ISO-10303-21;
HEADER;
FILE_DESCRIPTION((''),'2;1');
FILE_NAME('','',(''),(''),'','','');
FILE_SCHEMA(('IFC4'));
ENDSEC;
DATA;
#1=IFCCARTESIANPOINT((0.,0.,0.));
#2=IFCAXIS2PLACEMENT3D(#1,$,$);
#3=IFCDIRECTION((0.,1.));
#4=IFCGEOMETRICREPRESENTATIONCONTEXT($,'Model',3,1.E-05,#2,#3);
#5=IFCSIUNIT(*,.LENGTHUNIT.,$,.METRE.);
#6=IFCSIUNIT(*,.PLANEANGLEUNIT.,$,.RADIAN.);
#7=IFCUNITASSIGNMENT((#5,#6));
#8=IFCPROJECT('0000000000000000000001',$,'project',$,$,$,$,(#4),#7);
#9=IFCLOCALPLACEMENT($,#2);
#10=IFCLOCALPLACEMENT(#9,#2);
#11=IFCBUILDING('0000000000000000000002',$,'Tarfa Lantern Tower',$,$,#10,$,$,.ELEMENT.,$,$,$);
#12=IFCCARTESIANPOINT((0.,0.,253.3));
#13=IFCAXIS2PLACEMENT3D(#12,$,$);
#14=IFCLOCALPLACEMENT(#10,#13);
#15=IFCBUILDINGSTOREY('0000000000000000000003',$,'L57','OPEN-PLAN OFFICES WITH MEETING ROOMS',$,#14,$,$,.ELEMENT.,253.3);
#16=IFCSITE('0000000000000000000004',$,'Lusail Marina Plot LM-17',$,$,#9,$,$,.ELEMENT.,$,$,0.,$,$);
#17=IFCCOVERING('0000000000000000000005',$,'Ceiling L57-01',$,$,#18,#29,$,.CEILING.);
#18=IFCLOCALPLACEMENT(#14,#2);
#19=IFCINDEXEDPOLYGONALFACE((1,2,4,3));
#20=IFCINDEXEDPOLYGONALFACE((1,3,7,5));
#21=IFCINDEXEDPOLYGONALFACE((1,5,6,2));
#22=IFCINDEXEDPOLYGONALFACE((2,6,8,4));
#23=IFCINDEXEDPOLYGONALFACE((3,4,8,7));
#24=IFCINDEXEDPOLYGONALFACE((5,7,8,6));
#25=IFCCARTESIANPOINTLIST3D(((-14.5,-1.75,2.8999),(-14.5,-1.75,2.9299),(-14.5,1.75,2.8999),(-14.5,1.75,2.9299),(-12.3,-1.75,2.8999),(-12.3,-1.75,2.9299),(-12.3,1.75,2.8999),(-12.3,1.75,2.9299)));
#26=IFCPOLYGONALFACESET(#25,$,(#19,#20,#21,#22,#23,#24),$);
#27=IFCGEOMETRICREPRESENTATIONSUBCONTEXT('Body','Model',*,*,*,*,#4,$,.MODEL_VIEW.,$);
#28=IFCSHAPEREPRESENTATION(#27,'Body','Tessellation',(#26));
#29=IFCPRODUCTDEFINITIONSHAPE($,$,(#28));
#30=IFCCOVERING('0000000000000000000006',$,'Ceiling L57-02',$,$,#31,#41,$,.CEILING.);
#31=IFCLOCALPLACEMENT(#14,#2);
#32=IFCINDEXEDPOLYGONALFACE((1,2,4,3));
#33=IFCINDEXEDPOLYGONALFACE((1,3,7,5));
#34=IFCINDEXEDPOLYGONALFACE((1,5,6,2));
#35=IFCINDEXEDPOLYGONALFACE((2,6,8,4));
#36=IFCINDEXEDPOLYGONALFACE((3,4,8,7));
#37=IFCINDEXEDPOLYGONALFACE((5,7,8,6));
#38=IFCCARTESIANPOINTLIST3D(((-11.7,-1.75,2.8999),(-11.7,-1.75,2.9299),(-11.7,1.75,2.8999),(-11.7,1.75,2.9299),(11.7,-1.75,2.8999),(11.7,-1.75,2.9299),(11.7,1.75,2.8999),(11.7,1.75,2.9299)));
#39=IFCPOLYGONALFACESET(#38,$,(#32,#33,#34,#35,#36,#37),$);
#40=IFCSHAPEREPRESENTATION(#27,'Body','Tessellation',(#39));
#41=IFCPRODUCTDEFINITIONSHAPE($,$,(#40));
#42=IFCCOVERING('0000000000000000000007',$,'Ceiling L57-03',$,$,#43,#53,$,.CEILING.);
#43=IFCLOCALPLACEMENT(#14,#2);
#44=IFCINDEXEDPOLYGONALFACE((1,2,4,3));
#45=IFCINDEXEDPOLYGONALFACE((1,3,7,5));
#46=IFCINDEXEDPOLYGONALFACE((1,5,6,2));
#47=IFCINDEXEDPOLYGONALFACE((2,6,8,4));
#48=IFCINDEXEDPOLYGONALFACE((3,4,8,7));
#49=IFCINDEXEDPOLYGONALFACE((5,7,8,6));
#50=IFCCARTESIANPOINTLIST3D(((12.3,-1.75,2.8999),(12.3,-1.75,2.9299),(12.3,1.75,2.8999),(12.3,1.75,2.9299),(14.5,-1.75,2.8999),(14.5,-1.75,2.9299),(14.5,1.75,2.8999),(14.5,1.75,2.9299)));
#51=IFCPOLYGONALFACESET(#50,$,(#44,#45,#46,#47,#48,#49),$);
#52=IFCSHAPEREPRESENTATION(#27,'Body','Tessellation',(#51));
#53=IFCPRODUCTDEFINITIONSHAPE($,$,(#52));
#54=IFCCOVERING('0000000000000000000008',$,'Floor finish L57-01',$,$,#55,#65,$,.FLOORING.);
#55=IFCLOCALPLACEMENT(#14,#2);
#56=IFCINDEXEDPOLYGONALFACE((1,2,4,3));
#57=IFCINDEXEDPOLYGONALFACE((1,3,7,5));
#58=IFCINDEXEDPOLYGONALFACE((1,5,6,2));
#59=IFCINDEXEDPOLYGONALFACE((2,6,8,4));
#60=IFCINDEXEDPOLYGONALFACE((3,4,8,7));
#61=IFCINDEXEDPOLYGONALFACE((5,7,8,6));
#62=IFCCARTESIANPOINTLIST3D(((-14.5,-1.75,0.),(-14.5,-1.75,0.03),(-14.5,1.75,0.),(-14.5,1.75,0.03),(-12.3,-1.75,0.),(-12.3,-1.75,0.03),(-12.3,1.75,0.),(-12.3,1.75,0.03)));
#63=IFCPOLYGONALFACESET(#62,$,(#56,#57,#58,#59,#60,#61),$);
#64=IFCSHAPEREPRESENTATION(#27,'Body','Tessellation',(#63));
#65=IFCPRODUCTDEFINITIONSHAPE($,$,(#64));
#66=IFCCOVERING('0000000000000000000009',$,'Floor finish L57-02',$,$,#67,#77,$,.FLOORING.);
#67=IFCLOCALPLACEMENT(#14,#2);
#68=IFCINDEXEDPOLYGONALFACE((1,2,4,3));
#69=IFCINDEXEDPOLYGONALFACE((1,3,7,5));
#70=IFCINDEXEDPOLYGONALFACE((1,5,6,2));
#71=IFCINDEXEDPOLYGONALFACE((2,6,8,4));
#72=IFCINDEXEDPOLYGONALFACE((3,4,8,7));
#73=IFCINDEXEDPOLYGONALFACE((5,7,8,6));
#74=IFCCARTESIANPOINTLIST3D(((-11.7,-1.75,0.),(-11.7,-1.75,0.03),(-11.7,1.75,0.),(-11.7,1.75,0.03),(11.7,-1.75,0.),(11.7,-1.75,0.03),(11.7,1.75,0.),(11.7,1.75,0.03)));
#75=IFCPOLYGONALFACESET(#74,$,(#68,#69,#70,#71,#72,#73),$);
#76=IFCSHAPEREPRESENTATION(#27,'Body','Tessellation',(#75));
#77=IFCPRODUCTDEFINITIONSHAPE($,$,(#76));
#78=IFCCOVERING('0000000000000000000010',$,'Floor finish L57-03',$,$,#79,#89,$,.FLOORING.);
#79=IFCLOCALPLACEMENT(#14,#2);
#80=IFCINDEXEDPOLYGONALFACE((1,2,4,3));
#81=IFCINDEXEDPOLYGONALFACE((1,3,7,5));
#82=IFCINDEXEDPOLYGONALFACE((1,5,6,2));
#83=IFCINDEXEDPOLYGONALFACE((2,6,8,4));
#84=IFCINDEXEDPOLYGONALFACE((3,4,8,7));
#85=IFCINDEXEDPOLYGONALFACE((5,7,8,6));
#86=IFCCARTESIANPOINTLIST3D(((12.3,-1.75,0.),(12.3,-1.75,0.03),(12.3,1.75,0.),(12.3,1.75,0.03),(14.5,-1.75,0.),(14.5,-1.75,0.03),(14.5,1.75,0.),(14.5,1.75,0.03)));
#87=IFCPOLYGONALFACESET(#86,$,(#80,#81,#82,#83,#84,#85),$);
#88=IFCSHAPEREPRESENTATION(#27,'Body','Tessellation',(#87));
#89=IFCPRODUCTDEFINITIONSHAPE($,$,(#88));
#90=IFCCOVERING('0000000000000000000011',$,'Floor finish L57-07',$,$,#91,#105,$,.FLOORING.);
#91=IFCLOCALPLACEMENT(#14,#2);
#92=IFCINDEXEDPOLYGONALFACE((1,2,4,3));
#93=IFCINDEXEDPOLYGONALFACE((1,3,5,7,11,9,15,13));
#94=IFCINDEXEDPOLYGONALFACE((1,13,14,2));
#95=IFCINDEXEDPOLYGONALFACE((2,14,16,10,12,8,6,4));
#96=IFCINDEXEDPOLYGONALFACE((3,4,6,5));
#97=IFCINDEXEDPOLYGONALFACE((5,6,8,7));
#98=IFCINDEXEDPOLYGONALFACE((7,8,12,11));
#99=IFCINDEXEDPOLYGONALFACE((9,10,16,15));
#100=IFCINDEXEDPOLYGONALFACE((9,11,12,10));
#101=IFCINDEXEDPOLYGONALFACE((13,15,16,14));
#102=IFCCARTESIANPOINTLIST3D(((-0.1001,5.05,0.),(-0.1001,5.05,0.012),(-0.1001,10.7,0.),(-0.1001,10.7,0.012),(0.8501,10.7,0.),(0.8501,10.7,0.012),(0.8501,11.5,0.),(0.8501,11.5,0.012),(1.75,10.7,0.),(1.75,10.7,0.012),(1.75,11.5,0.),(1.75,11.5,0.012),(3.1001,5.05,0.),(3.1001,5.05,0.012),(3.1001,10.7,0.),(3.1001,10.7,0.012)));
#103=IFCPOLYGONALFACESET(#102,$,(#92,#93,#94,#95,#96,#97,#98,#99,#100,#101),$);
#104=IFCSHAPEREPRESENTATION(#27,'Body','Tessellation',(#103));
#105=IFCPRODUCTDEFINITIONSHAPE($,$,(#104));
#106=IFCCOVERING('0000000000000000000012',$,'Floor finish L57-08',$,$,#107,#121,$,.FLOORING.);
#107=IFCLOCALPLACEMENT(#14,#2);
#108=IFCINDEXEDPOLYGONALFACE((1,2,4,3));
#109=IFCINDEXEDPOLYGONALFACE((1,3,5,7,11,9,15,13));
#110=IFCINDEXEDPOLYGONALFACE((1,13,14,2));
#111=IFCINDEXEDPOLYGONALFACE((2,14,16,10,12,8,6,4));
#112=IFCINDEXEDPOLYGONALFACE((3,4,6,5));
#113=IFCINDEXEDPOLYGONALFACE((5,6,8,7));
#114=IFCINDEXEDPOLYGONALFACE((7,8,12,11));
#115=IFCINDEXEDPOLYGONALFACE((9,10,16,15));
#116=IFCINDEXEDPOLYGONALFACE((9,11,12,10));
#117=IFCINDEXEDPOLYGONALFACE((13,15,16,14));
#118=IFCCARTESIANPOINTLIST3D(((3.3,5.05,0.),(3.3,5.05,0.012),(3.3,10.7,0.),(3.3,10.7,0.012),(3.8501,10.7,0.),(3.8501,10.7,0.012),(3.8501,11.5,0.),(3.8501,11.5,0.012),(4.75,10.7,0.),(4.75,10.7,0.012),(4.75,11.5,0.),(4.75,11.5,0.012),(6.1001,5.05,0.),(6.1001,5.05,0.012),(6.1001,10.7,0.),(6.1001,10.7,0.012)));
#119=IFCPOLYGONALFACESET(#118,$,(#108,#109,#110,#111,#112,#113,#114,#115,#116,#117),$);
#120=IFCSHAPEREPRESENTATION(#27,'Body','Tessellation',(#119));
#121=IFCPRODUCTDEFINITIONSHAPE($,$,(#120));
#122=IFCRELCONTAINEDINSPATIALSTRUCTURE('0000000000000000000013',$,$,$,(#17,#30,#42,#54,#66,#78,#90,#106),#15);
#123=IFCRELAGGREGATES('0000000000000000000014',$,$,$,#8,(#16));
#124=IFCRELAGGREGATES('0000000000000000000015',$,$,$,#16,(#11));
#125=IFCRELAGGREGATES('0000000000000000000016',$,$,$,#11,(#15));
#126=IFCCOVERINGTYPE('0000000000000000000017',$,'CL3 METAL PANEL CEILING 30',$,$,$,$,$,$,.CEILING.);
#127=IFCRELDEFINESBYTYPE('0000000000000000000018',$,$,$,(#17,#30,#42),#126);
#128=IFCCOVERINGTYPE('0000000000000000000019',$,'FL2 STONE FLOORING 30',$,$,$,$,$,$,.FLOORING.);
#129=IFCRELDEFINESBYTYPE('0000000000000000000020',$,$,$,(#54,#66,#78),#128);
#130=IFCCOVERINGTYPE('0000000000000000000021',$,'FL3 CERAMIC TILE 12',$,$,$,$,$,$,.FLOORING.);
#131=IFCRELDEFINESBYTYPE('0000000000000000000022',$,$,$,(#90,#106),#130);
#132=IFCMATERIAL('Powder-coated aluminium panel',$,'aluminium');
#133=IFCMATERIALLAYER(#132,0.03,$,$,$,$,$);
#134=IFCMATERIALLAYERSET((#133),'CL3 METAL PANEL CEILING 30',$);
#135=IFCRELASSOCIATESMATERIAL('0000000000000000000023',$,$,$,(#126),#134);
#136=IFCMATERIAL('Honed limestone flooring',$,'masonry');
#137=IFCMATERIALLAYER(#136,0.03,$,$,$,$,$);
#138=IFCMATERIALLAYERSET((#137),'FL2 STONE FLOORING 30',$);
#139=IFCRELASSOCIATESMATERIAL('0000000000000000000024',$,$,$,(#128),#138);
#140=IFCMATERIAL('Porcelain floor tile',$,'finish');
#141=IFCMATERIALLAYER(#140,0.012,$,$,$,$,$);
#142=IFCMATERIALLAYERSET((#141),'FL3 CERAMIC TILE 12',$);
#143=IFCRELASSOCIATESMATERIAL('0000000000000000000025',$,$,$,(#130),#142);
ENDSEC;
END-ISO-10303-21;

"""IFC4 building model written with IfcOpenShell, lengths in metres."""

from ifc_helpers import new_model, si_unit, direction, frame, origin, place, context, subcontext, project, spatial, polyline, outline, extrude, material, layer, layer_set, type_object, element, save


model = new_model("IFC4")

# Units and contexts
model_context = context("Model", 3, precision=1e-05, world=origin(), true_north=direction((0.0, 1.0)))
body_context = subcontext(model_context, "Body", "Model", "MODEL_VIEW")
ifc_project = project(units=[si_unit("LENGTHUNIT", "METRE"), si_unit("PLANEANGLEUNIT", "RADIAN")], contexts=[model_context])

# Site, building, storey
site_placement = place(None, origin())
site = spatial("IfcSite", under=ifc_project, at=site_placement, Name="Lusail Marina Plot LM-17", CompositionType="ELEMENT", RefElevation=0.0)
building_placement = place(site_placement, origin())
building = spatial("IfcBuilding", under=site, at=building_placement, Name="Tarfa Lantern Tower", CompositionType="ELEMENT")
storey_placement = place(building_placement, frame((0.0, 0.0, 253.3)))
storey = spatial("IfcBuildingStorey", under=building, at=storey_placement, Name="L57", Description="OPEN-PLAN OFFICES WITH MEETING ROOMS", CompositionType="ELEMENT", Elevation=253.3)

# Coverings
ifc_material_1 = material(Name="Powder-coated aluminium panel", Category="aluminium")
ifc_layer_1 = layer(ifc_material_1, 0.03)
ifc_layer_set_1 = layer_set([ifc_layer_1], Name="CL3 METAL PANEL CEILING 30")
covering_type_1 = type_object("IfcCoveringType", Name="CL3 METAL PANEL CEILING 30", PredefinedType="CEILING", material=ifc_layer_set_1)
covering_1_placement = place(storey_placement, frame((0.0, 0.0, 2.8999)))
element("IfcCovering", 1, at=covering_1_placement, inside=storey, type_object=covering_type_1, Name="Ceiling L57-01", PredefinedType="CEILING", context=body_context, shape_type="SweptSolid", body=[
    extrude(outline(polyline([(-14.5, -1.75), (-12.3, -1.75), (-12.3, 1.75), (-14.5, 1.75), (-14.5, -1.75)])), origin(), (0.0, 0.0, 1.0), 0.03),
])
covering_2_placement = place(storey_placement, frame((0.0, 0.0, 2.8999)))
element("IfcCovering", 2, at=covering_2_placement, inside=storey, type_object=covering_type_1, Name="Ceiling L57-02", PredefinedType="CEILING", context=body_context, shape_type="SweptSolid", body=[
    extrude(outline(polyline([(-11.7, -1.75), (11.7, -1.75), (11.7, 1.75), (-11.7, 1.75), (-11.7, -1.75)])), origin(), (0.0, 0.0, 1.0), 0.03),
])
covering_3_placement = place(storey_placement, frame((0.0, 0.0, 2.8999)))
element("IfcCovering", 3, at=covering_3_placement, inside=storey, type_object=covering_type_1, Name="Ceiling L57-03", PredefinedType="CEILING", context=body_context, shape_type="SweptSolid", body=[
    extrude(outline(polyline([(12.3, -1.75), (14.5, -1.75), (14.5, 1.75), (12.3, 1.75), (12.3, -1.75)])), origin(), (0.0, 0.0, 1.0), 0.03),
])
ifc_material_2 = material(Name="Honed limestone flooring", Category="masonry")
ifc_layer_2 = layer(ifc_material_2, 0.03)
ifc_layer_set_2 = layer_set([ifc_layer_2], Name="FL2 STONE FLOORING 30")
covering_type_2 = type_object("IfcCoveringType", Name="FL2 STONE FLOORING 30", PredefinedType="FLOORING", material=ifc_layer_set_2)
covering_4_placement = place(storey_placement, origin())
element("IfcCovering", 4, at=covering_4_placement, inside=storey, type_object=covering_type_2, Name="Floor finish L57-01", PredefinedType="FLOORING", context=body_context, shape_type="SweptSolid", body=[
    extrude(outline(polyline([(-14.5, -1.75), (-12.3, -1.75), (-12.3, 1.75), (-14.5, 1.75), (-14.5, -1.75)])), origin(), (0.0, 0.0, 1.0), 0.03),
])
covering_5_placement = place(storey_placement, origin())
element("IfcCovering", 5, at=covering_5_placement, inside=storey, type_object=covering_type_2, Name="Floor finish L57-02", PredefinedType="FLOORING", context=body_context, shape_type="SweptSolid", body=[
    extrude(outline(polyline([(-11.7, -1.75), (11.7, -1.75), (11.7, 1.75), (-11.7, 1.75), (-11.7, -1.75)])), origin(), (0.0, 0.0, 1.0), 0.03),
])
covering_6_placement = place(storey_placement, origin())
element("IfcCovering", 6, at=covering_6_placement, inside=storey, type_object=covering_type_2, Name="Floor finish L57-03", PredefinedType="FLOORING", context=body_context, shape_type="SweptSolid", body=[
    extrude(outline(polyline([(12.3, -1.75), (14.5, -1.75), (14.5, 1.75), (12.3, 1.75), (12.3, -1.75)])), origin(), (0.0, 0.0, 1.0), 0.03),
])
ifc_material_3 = material(Name="Porcelain floor tile", Category="finish")
ifc_layer_3 = layer(ifc_material_3, 0.012)
ifc_layer_set_3 = layer_set([ifc_layer_3], Name="FL3 CERAMIC TILE 12")
covering_type_3 = type_object("IfcCoveringType", Name="FL3 CERAMIC TILE 12", PredefinedType="FLOORING", material=ifc_layer_set_3)
covering_7_placement = place(storey_placement, origin())
element("IfcCovering", 7, at=covering_7_placement, inside=storey, type_object=covering_type_3, Name="Floor finish L57-07", PredefinedType="FLOORING", context=body_context, shape_type="SweptSolid", body=[
    extrude(outline(polyline([(0.8501, 10.7), (-0.1001, 10.7), (-0.1001, 5.05), (3.1001, 5.05), (3.1001, 10.7), (1.75, 10.7), (1.75, 11.5), (0.8501, 11.5), (0.8501, 10.7)])), origin(), (0.0, 0.0, 1.0), 0.012),
])
covering_8_placement = place(storey_placement, origin())
element("IfcCovering", 8, at=covering_8_placement, inside=storey, type_object=covering_type_3, Name="Floor finish L57-08", PredefinedType="FLOORING", context=body_context, shape_type="SweptSolid", body=[
    extrude(outline(polyline([(3.3, 5.05), (6.1001, 5.05), (6.1001, 10.7), (4.75, 10.7), (4.75, 11.5), (3.8501, 11.5), (3.8501, 10.7), (3.3, 10.7), (3.3, 5.05)])), origin(), (0.0, 0.0, 1.0), 0.012),
])

save(model, "model.ifc")
